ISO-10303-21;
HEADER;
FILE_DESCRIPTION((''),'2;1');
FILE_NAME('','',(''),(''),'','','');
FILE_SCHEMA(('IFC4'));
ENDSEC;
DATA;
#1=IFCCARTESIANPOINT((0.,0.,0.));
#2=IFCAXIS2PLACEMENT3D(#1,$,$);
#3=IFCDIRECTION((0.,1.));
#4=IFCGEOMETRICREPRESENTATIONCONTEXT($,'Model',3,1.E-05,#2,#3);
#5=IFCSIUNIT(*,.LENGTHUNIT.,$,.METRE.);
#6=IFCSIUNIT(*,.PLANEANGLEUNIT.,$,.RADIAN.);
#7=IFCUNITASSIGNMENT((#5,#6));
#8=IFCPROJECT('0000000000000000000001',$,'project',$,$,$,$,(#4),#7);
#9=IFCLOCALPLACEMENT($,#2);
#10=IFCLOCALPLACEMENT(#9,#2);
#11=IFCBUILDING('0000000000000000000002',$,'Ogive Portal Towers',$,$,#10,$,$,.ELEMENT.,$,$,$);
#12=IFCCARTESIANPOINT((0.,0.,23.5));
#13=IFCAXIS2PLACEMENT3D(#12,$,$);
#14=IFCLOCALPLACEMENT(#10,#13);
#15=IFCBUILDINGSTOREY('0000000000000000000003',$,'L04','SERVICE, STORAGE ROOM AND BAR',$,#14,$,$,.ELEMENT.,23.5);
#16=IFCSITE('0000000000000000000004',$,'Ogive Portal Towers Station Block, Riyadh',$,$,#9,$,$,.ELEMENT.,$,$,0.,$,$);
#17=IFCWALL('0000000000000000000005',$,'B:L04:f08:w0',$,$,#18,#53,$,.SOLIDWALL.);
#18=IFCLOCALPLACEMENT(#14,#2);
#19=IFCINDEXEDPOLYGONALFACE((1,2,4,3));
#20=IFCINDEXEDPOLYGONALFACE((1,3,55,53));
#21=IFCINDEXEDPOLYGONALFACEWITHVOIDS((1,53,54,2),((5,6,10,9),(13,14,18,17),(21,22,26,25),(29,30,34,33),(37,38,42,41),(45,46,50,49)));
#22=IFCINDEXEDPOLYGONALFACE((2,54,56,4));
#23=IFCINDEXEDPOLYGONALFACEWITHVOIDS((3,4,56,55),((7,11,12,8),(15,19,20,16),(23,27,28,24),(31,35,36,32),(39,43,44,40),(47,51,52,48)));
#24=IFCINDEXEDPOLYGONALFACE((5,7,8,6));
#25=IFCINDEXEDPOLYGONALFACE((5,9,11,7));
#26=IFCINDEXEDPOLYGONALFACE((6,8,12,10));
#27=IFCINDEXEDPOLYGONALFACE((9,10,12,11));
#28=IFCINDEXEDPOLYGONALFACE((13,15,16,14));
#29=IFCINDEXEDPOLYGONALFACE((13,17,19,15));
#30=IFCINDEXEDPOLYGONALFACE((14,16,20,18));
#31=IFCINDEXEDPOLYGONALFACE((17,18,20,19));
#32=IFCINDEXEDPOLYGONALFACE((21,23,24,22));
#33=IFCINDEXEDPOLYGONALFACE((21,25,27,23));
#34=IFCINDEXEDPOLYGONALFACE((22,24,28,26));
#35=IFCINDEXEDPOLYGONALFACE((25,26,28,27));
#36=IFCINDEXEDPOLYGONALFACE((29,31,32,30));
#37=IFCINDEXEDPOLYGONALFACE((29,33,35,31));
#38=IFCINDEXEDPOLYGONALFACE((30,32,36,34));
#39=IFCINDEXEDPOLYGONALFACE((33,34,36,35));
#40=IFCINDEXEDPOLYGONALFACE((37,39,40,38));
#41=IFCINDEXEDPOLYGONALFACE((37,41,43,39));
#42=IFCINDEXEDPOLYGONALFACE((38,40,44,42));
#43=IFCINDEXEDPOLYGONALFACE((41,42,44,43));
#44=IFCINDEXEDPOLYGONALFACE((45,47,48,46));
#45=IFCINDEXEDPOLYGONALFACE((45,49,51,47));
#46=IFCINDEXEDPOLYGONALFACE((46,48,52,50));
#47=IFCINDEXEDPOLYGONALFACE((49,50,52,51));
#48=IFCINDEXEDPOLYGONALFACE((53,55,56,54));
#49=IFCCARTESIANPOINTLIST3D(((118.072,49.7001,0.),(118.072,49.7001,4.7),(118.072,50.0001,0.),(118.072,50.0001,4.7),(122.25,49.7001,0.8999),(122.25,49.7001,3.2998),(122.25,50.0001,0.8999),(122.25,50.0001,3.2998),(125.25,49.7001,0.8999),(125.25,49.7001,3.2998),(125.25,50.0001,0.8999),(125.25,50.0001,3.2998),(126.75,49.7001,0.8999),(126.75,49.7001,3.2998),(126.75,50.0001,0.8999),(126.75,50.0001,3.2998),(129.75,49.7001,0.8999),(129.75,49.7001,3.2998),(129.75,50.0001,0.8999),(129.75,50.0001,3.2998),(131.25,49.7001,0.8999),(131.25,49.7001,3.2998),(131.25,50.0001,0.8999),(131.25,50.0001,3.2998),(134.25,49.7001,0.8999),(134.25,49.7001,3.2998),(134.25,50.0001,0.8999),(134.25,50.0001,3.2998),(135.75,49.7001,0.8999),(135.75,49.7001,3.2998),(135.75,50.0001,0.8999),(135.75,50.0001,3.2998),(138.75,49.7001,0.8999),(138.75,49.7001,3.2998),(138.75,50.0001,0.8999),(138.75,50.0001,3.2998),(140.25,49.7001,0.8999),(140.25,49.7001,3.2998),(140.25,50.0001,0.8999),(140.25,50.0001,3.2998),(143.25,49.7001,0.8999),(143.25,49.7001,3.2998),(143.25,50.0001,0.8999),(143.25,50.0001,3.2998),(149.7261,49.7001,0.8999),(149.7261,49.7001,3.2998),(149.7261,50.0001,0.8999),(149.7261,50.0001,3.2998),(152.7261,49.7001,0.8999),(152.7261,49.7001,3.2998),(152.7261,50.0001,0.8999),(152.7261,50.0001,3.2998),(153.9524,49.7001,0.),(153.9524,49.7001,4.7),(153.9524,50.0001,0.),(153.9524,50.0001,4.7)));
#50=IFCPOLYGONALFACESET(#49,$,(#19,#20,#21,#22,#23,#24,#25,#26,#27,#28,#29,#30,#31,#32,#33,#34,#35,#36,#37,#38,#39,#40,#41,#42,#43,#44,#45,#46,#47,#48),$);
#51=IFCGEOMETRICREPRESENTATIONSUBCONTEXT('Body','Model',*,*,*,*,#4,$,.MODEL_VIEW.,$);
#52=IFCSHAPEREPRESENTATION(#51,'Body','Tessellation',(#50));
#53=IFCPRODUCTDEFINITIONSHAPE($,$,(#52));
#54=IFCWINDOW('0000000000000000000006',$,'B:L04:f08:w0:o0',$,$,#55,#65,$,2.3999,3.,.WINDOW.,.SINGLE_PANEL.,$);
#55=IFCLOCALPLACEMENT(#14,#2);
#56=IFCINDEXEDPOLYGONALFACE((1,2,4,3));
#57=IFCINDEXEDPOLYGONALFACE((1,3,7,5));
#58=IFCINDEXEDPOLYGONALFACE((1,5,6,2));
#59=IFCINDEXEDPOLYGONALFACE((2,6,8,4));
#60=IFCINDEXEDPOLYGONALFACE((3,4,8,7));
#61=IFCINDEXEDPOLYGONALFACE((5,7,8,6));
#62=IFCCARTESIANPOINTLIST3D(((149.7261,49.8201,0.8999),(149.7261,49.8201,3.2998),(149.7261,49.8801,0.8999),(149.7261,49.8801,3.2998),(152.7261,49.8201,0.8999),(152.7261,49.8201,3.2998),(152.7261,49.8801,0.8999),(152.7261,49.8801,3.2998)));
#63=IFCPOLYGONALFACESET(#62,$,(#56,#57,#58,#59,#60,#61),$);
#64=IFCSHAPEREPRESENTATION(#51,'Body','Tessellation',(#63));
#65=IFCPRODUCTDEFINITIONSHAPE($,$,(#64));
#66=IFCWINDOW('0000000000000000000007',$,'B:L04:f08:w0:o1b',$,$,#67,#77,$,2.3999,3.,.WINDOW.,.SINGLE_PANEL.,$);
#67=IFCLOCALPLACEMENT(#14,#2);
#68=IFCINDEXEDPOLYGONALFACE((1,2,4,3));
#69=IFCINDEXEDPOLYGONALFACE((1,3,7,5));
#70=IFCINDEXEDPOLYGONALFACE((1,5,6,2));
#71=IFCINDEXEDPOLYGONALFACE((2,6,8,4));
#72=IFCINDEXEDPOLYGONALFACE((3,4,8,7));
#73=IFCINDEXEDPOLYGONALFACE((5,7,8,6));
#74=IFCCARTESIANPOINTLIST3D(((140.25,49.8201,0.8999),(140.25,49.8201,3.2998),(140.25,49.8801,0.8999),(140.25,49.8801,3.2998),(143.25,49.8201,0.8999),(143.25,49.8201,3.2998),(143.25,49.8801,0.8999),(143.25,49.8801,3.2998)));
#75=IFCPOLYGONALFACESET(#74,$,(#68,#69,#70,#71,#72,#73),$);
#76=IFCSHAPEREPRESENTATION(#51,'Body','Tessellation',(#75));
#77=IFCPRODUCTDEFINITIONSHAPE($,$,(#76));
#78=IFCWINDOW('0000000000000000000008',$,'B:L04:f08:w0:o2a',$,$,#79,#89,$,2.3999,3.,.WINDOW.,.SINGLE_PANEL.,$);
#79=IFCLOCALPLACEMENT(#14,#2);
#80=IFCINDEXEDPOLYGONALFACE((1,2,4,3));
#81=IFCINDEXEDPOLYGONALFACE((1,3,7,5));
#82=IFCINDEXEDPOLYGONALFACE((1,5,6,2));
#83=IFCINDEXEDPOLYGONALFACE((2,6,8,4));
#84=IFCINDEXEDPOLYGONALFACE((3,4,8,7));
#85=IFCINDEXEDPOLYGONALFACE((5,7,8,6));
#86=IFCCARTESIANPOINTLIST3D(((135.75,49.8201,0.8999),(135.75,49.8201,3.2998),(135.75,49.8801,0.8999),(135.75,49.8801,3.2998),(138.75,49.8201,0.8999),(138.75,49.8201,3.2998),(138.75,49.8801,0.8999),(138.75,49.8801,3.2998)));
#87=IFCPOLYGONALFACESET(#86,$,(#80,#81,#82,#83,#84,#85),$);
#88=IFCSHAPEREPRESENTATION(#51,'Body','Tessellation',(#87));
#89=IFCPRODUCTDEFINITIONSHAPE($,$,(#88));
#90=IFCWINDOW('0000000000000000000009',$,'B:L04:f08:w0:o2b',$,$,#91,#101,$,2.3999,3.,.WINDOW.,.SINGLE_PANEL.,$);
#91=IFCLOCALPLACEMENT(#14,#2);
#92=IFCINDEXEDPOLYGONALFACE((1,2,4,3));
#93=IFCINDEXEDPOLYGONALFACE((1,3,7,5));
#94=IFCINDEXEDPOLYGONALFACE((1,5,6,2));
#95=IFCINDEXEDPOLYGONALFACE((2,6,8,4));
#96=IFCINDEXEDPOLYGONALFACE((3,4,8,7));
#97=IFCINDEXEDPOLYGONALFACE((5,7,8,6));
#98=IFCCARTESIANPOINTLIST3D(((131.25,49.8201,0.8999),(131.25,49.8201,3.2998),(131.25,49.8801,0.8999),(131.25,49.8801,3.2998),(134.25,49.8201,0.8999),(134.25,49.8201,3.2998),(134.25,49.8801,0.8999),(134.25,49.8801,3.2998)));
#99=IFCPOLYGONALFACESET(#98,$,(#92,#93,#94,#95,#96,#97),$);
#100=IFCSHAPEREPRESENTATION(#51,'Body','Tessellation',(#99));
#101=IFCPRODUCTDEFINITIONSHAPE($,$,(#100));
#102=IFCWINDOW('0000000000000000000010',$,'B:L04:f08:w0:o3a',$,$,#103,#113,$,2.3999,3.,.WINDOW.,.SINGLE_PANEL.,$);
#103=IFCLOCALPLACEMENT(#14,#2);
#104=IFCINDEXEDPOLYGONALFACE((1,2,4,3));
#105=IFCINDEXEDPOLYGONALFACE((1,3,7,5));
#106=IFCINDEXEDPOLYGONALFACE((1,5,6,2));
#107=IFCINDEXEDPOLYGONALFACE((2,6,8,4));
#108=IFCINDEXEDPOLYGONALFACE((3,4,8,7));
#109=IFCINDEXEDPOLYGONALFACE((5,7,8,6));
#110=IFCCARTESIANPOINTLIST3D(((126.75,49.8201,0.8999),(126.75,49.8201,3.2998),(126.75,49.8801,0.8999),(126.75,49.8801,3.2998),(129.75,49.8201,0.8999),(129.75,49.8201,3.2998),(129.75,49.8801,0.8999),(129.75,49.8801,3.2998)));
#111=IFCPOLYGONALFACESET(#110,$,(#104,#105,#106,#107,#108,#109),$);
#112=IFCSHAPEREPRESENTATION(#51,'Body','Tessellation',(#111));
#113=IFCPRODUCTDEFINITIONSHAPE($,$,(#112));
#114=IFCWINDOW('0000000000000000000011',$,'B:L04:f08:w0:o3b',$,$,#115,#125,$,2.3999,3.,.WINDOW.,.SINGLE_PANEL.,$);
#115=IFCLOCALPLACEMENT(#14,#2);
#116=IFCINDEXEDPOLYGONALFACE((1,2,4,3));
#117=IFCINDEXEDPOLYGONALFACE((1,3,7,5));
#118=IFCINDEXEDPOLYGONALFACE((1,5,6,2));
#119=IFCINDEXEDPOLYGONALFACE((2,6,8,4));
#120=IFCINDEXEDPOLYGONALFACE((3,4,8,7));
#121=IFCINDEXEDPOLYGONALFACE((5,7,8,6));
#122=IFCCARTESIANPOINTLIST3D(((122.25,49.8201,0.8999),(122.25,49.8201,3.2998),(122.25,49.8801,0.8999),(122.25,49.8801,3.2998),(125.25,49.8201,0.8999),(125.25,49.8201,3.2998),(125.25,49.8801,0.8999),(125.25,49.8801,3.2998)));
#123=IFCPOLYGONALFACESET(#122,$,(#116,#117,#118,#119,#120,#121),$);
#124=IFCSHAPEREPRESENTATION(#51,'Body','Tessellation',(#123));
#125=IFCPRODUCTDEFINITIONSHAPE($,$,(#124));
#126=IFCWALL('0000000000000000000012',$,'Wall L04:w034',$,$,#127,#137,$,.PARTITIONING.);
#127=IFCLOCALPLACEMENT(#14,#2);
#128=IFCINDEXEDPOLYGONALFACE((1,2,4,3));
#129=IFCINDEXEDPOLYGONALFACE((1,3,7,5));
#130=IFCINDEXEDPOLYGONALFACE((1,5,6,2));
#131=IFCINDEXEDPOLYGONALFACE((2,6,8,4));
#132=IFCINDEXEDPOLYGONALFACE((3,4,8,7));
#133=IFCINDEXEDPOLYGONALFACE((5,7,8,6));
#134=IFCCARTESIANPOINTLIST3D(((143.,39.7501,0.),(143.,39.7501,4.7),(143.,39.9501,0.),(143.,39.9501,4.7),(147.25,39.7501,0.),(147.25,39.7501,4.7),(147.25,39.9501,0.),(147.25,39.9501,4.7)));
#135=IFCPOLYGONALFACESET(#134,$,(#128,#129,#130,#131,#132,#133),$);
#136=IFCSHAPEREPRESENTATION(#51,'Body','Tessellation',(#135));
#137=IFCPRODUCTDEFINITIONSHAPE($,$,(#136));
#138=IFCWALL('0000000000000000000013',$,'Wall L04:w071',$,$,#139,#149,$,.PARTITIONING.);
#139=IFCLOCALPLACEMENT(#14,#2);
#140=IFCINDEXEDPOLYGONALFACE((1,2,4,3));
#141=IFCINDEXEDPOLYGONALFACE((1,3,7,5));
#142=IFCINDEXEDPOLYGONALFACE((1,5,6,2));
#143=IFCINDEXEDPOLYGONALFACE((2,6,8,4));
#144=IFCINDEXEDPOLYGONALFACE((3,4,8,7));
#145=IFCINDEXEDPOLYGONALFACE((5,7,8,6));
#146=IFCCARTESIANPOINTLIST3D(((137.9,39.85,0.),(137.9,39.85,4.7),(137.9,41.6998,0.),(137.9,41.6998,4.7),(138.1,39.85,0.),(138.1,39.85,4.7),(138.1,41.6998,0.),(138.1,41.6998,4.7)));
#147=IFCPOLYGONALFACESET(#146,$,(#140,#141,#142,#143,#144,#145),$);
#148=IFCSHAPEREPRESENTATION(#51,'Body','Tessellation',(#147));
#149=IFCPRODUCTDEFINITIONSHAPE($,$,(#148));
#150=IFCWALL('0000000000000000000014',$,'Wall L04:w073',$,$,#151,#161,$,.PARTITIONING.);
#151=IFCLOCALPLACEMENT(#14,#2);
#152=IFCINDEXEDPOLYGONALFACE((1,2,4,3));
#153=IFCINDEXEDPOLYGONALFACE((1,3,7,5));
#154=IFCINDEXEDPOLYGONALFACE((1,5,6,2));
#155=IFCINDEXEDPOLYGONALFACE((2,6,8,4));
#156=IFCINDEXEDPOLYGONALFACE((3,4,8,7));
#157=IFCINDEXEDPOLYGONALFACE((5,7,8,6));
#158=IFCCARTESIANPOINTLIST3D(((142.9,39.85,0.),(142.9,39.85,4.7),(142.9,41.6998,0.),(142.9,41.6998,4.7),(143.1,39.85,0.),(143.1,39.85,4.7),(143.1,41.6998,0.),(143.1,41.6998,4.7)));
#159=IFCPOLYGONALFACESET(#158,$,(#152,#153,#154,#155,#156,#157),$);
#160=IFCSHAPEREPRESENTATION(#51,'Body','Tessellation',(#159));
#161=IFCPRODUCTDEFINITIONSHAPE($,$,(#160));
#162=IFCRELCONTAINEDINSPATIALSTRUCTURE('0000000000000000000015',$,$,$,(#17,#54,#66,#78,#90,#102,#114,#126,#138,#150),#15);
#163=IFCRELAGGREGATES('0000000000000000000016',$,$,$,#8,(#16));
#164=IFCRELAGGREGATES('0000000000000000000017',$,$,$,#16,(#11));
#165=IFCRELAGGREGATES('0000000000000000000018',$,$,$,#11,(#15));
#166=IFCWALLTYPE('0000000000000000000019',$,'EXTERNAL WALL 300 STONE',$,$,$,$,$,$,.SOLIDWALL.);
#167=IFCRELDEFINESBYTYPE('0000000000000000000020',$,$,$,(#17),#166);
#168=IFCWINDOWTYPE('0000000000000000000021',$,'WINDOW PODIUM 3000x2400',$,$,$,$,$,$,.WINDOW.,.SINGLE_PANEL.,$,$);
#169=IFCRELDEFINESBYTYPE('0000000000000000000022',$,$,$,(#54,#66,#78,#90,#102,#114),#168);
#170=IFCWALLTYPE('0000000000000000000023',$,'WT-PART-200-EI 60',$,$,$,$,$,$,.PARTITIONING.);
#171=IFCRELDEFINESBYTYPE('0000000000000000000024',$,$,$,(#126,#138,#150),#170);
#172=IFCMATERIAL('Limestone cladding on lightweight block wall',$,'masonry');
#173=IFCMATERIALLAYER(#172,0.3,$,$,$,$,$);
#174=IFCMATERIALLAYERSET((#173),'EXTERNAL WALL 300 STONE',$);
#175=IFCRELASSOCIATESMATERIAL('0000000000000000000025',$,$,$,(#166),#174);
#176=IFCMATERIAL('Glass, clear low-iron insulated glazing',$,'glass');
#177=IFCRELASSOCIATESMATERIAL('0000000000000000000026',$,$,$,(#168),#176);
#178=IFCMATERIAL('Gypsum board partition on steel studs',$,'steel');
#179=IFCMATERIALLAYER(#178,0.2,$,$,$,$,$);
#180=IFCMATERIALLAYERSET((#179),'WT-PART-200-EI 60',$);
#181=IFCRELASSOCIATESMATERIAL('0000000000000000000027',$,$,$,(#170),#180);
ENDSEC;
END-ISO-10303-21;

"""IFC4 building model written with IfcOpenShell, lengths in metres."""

from ifc_helpers import new_model, si_unit, direction, frame, frame_2d, origin, place, context, subcontext, project, spatial, rectangle, extrude, material, layer, layer_set, type_object, element, fill, save


model = new_model("IFC4")

# Units and contexts
model_context = context("Model", 3, precision=1e-05, world=origin(), true_north=direction((0.0, 1.0)))
body_context = subcontext(model_context, "Body", "Model", "MODEL_VIEW")
ifc_project = project(units=[si_unit("LENGTHUNIT", "METRE"), si_unit("PLANEANGLEUNIT", "RADIAN")], contexts=[model_context])

# Site, building, storey
site_placement = place(None, origin())
site = spatial("IfcSite", under=ifc_project, at=site_placement, Name="Ogive Portal Towers Station Block, Riyadh", CompositionType="ELEMENT", RefElevation=0.0)
building_placement = place(site_placement, origin())
building = spatial("IfcBuilding", under=site, at=building_placement, Name="Ogive Portal Towers", CompositionType="ELEMENT")
storey_placement = place(building_placement, frame((0.0, 0.0, 23.5)))
storey = spatial("IfcBuildingStorey", under=building, at=storey_placement, Name="L04", Description="SERVICE, STORAGE ROOM AND BAR", CompositionType="ELEMENT", Elevation=23.5)

# Shared definitions
ifc_material_1 = material(Name="Limestone cladding on lightweight block wall", Category="masonry")
ifc_layer_1 = layer(ifc_material_1, 0.3)
ifc_layer_set_1 = layer_set([ifc_layer_1], Name="EXTERNAL WALL 300 STONE")
wall_type_1 = type_object("IfcWallType", Name="EXTERNAL WALL 300 STONE", PredefinedType="SOLIDWALL", material=ifc_layer_set_1)
ifc_material_2 = material(Name="Glass, clear low-iron insulated glazing", Category="glass")
window_type = type_object("IfcWindowType", Name="WINDOW PODIUM 3000x2400", PartitioningType="SINGLE_PANEL", PredefinedType="WINDOW", material=ifc_material_2)

# Wall, openings, windows
wall_1_placement = place(storey_placement, frame((153.9524, 49.8501, 0.0), z_axis=(0.0, 0.0, 1.0), x_axis=(-1.0, 0.0, 0.0)))
wall_1 = element("IfcWall", 1, at=wall_1_placement, inside=storey, type_object=wall_type_1, Name="B:L04:f08:w0", PredefinedType="SOLIDWALL", context=body_context, shape_type="SweptSolid", body=[
    extrude(rectangle(XDim=35.8804, YDim=0.3, at=frame_2d((17.9402, 0.0))), origin(), (0.0, 0.0, 1.0), 4.7),
])
opening_1_placement = place(wall_1_placement, frame((1.2263, 0.0, 0.8999)))
opening_1 = element("IfcOpeningElement", 2, at=opening_1_placement, cuts=wall_1, PredefinedType="OPENING", context=body_context, shape_type="SweptSolid", body=[
    extrude(rectangle(XDim=3.0, YDim=2.3999, at=frame_2d((1.5, 1.2))), frame((0.0, 0.1602, 0.0), z_axis=(0.0, -1.0, 0.0), x_axis=(1.0, 0.0, 0.0)), (0.0, 0.0, 1.0), 0.3201),
])
opening_2_placement = place(wall_1_placement, frame((10.7024, 0.0, 0.8999)))
opening_2 = element("IfcOpeningElement", 3, at=opening_2_placement, cuts=wall_1, PredefinedType="OPENING", context=body_context, shape_type="SweptSolid", body=[
    extrude(rectangle(XDim=3.0, YDim=2.3999, at=frame_2d((1.5, 1.2))), frame((0.0, 0.1602, 0.0), z_axis=(0.0, -1.0, 0.0), x_axis=(1.0, 0.0, 0.0)), (0.0, 0.0, 1.0), 0.3201),
])
opening_3_placement = place(wall_1_placement, frame((15.2024, 0.0, 0.8999)))
opening_3 = element("IfcOpeningElement", 4, at=opening_3_placement, cuts=wall_1, PredefinedType="OPENING", context=body_context, shape_type="SweptSolid", body=[
    extrude(rectangle(XDim=3.0, YDim=2.3999, at=frame_2d((1.5, 1.2))), frame((0.0, 0.1602, 0.0), z_axis=(0.0, -1.0, 0.0), x_axis=(1.0, 0.0, 0.0)), (0.0, 0.0, 1.0), 0.3201),
])
opening_4_placement = place(wall_1_placement, frame((19.7024, 0.0, 0.8999)))
opening_4 = element("IfcOpeningElement", 5, at=opening_4_placement, cuts=wall_1, PredefinedType="OPENING", context=body_context, shape_type="SweptSolid", body=[
    extrude(rectangle(XDim=3.0, YDim=2.3999, at=frame_2d((1.5, 1.2))), frame((0.0, 0.1602, 0.0), z_axis=(0.0, -1.0, 0.0), x_axis=(1.0, 0.0, 0.0)), (0.0, 0.0, 1.0), 0.3201),
])
opening_5_placement = place(wall_1_placement, frame((24.2024, 0.0, 0.8999)))
opening_5 = element("IfcOpeningElement", 6, at=opening_5_placement, cuts=wall_1, PredefinedType="OPENING", context=body_context, shape_type="SweptSolid", body=[
    extrude(rectangle(XDim=3.0, YDim=2.3999, at=frame_2d((1.5, 1.2))), frame((0.0, 0.1602, 0.0), z_axis=(0.0, -1.0, 0.0), x_axis=(1.0, 0.0, 0.0)), (0.0, 0.0, 1.0), 0.3201),
])
opening_6_placement = place(wall_1_placement, frame((28.7024, 0.0, 0.8999)))
opening_6 = element("IfcOpeningElement", 7, at=opening_6_placement, cuts=wall_1, PredefinedType="OPENING", context=body_context, shape_type="SweptSolid", body=[
    extrude(rectangle(XDim=3.0, YDim=2.3999, at=frame_2d((1.5, 1.2))), frame((0.0, 0.1602, 0.0), z_axis=(0.0, -1.0, 0.0), x_axis=(1.0, 0.0, 0.0)), (0.0, 0.0, 1.0), 0.3201),
])
window_1_placement = place(opening_1_placement, origin())
window_1 = element("IfcWindow", 8, at=window_1_placement, inside=storey, type_object=window_type, Name="B:L04:f08:w0:o0", OverallHeight=2.3999, OverallWidth=3.0, PartitioningType="SINGLE_PANEL", PredefinedType="WINDOW", context=body_context, shape_type="SweptSolid", body=[
    extrude(rectangle(XDim=3.0, YDim=2.3999, at=frame_2d((1.5, 1.2))), frame((0.0, 0.03, 0.0), z_axis=(0.0, -1.0, 0.0), x_axis=(1.0, 0.0, 0.0)), (0.0, 0.0, 1.0), 0.0601),
])
fill(opening_1, window_1)
window_2_placement = place(opening_2_placement, origin())
window_2 = element("IfcWindow", 9, at=window_2_placement, inside=storey, type_object=window_type, Name="B:L04:f08:w0:o1b", OverallHeight=2.3999, OverallWidth=3.0, PartitioningType="SINGLE_PANEL", PredefinedType="WINDOW", context=body_context, shape_type="SweptSolid", body=[
    extrude(rectangle(XDim=3.0, YDim=2.3999, at=frame_2d((1.5, 1.2))), frame((0.0, 0.03, 0.0), z_axis=(0.0, -1.0, 0.0), x_axis=(1.0, 0.0, 0.0)), (0.0, 0.0, 1.0), 0.0601),
])
fill(opening_2, window_2)
window_3_placement = place(opening_3_placement, origin())
window_3 = element("IfcWindow", 10, at=window_3_placement, inside=storey, type_object=window_type, Name="B:L04:f08:w0:o2a", OverallHeight=2.3999, OverallWidth=3.0, PartitioningType="SINGLE_PANEL", PredefinedType="WINDOW", context=body_context, shape_type="SweptSolid", body=[
    extrude(rectangle(XDim=3.0, YDim=2.3999, at=frame_2d((1.5, 1.2))), frame((0.0, 0.03, 0.0), z_axis=(0.0, -1.0, 0.0), x_axis=(1.0, 0.0, 0.0)), (0.0, 0.0, 1.0), 0.0601),
])
fill(opening_3, window_3)
window_4_placement = place(opening_4_placement, origin())
window_4 = element("IfcWindow", 11, at=window_4_placement, inside=storey, type_object=window_type, Name="B:L04:f08:w0:o2b", OverallHeight=2.3999, OverallWidth=3.0, PartitioningType="SINGLE_PANEL", PredefinedType="WINDOW", context=body_context, shape_type="SweptSolid", body=[
    extrude(rectangle(XDim=3.0, YDim=2.3999, at=frame_2d((1.5, 1.2))), frame((0.0, 0.03, 0.0), z_axis=(0.0, -1.0, 0.0), x_axis=(1.0, 0.0, 0.0)), (0.0, 0.0, 1.0), 0.0601),
])
fill(opening_4, window_4)
window_5_placement = place(opening_5_placement, origin())
window_5 = element("IfcWindow", 12, at=window_5_placement, inside=storey, type_object=window_type, Name="B:L04:f08:w0:o3a", OverallHeight=2.3999, OverallWidth=3.0, PartitioningType="SINGLE_PANEL", PredefinedType="WINDOW", context=body_context, shape_type="SweptSolid", body=[
    extrude(rectangle(XDim=3.0, YDim=2.3999, at=frame_2d((1.5, 1.2))), frame((0.0, 0.03, 0.0), z_axis=(0.0, -1.0, 0.0), x_axis=(1.0, 0.0, 0.0)), (0.0, 0.0, 1.0), 0.0601),
])
fill(opening_5, window_5)
window_6_placement = place(opening_6_placement, origin())
window_6 = element("IfcWindow", 13, at=window_6_placement, inside=storey, type_object=window_type, Name="B:L04:f08:w0:o3b", OverallHeight=2.3999, OverallWidth=3.0, PartitioningType="SINGLE_PANEL", PredefinedType="WINDOW", context=body_context, shape_type="SweptSolid", body=[
    extrude(rectangle(XDim=3.0, YDim=2.3999, at=frame_2d((1.5, 1.2))), frame((0.0, 0.03, 0.0), z_axis=(0.0, -1.0, 0.0), x_axis=(1.0, 0.0, 0.0)), (0.0, 0.0, 1.0), 0.0601),
])
fill(opening_6, window_6)

# Walls
ifc_material_3 = material(Name="Gypsum board partition on steel studs", Category="steel")
ifc_layer_2 = layer(ifc_material_3, 0.2)
ifc_layer_set_2 = layer_set([ifc_layer_2], Name="WT-PART-200-EI 60")
wall_type_2 = type_object("IfcWallType", Name="WT-PART-200-EI 60", PredefinedType="PARTITIONING", material=ifc_layer_set_2)
wall_2_placement = place(storey_placement, frame((143.0, 39.8501, 0.0), z_axis=(0.0, 0.0, 1.0), x_axis=(1.0, 0.0, 0.0)))
element("IfcWall", 14, at=wall_2_placement, inside=storey, type_object=wall_type_2, Name="Wall L04:w034", PredefinedType="PARTITIONING", context=body_context, shape_type="SweptSolid", body=[
    extrude(rectangle(XDim=4.25, YDim=0.2, at=frame_2d((2.125, 0.0))), origin(), (0.0, 0.0, 1.0), 4.7),
])
for number, where, z_axis, x_axis, name in (
    (15, (138.0, 39.8501, 0.0), (0.0, 0.0, 1.0), (0.0, 1.0, 0.0), "Wall L04:w071"),
    (16, (143.0, 39.8501, 0.0), (0.0, 0.0, 1.0), (0.0, 1.0, 0.0), "Wall L04:w073"),
):
    element("IfcWall", number, at=place(storey_placement, frame(where, z_axis=z_axis, x_axis=x_axis)), inside=storey, type_object=wall_type_2, Name=name, PredefinedType="PARTITIONING", context=body_context, shape_type="SweptSolid", body=[
        extrude(rectangle(XDim=1.8499, YDim=0.2, at=frame_2d((0.9248, 0.0))), origin(), (0.0, 0.0, 1.0), 4.7),
    ])

save(model, "model.ifc")
